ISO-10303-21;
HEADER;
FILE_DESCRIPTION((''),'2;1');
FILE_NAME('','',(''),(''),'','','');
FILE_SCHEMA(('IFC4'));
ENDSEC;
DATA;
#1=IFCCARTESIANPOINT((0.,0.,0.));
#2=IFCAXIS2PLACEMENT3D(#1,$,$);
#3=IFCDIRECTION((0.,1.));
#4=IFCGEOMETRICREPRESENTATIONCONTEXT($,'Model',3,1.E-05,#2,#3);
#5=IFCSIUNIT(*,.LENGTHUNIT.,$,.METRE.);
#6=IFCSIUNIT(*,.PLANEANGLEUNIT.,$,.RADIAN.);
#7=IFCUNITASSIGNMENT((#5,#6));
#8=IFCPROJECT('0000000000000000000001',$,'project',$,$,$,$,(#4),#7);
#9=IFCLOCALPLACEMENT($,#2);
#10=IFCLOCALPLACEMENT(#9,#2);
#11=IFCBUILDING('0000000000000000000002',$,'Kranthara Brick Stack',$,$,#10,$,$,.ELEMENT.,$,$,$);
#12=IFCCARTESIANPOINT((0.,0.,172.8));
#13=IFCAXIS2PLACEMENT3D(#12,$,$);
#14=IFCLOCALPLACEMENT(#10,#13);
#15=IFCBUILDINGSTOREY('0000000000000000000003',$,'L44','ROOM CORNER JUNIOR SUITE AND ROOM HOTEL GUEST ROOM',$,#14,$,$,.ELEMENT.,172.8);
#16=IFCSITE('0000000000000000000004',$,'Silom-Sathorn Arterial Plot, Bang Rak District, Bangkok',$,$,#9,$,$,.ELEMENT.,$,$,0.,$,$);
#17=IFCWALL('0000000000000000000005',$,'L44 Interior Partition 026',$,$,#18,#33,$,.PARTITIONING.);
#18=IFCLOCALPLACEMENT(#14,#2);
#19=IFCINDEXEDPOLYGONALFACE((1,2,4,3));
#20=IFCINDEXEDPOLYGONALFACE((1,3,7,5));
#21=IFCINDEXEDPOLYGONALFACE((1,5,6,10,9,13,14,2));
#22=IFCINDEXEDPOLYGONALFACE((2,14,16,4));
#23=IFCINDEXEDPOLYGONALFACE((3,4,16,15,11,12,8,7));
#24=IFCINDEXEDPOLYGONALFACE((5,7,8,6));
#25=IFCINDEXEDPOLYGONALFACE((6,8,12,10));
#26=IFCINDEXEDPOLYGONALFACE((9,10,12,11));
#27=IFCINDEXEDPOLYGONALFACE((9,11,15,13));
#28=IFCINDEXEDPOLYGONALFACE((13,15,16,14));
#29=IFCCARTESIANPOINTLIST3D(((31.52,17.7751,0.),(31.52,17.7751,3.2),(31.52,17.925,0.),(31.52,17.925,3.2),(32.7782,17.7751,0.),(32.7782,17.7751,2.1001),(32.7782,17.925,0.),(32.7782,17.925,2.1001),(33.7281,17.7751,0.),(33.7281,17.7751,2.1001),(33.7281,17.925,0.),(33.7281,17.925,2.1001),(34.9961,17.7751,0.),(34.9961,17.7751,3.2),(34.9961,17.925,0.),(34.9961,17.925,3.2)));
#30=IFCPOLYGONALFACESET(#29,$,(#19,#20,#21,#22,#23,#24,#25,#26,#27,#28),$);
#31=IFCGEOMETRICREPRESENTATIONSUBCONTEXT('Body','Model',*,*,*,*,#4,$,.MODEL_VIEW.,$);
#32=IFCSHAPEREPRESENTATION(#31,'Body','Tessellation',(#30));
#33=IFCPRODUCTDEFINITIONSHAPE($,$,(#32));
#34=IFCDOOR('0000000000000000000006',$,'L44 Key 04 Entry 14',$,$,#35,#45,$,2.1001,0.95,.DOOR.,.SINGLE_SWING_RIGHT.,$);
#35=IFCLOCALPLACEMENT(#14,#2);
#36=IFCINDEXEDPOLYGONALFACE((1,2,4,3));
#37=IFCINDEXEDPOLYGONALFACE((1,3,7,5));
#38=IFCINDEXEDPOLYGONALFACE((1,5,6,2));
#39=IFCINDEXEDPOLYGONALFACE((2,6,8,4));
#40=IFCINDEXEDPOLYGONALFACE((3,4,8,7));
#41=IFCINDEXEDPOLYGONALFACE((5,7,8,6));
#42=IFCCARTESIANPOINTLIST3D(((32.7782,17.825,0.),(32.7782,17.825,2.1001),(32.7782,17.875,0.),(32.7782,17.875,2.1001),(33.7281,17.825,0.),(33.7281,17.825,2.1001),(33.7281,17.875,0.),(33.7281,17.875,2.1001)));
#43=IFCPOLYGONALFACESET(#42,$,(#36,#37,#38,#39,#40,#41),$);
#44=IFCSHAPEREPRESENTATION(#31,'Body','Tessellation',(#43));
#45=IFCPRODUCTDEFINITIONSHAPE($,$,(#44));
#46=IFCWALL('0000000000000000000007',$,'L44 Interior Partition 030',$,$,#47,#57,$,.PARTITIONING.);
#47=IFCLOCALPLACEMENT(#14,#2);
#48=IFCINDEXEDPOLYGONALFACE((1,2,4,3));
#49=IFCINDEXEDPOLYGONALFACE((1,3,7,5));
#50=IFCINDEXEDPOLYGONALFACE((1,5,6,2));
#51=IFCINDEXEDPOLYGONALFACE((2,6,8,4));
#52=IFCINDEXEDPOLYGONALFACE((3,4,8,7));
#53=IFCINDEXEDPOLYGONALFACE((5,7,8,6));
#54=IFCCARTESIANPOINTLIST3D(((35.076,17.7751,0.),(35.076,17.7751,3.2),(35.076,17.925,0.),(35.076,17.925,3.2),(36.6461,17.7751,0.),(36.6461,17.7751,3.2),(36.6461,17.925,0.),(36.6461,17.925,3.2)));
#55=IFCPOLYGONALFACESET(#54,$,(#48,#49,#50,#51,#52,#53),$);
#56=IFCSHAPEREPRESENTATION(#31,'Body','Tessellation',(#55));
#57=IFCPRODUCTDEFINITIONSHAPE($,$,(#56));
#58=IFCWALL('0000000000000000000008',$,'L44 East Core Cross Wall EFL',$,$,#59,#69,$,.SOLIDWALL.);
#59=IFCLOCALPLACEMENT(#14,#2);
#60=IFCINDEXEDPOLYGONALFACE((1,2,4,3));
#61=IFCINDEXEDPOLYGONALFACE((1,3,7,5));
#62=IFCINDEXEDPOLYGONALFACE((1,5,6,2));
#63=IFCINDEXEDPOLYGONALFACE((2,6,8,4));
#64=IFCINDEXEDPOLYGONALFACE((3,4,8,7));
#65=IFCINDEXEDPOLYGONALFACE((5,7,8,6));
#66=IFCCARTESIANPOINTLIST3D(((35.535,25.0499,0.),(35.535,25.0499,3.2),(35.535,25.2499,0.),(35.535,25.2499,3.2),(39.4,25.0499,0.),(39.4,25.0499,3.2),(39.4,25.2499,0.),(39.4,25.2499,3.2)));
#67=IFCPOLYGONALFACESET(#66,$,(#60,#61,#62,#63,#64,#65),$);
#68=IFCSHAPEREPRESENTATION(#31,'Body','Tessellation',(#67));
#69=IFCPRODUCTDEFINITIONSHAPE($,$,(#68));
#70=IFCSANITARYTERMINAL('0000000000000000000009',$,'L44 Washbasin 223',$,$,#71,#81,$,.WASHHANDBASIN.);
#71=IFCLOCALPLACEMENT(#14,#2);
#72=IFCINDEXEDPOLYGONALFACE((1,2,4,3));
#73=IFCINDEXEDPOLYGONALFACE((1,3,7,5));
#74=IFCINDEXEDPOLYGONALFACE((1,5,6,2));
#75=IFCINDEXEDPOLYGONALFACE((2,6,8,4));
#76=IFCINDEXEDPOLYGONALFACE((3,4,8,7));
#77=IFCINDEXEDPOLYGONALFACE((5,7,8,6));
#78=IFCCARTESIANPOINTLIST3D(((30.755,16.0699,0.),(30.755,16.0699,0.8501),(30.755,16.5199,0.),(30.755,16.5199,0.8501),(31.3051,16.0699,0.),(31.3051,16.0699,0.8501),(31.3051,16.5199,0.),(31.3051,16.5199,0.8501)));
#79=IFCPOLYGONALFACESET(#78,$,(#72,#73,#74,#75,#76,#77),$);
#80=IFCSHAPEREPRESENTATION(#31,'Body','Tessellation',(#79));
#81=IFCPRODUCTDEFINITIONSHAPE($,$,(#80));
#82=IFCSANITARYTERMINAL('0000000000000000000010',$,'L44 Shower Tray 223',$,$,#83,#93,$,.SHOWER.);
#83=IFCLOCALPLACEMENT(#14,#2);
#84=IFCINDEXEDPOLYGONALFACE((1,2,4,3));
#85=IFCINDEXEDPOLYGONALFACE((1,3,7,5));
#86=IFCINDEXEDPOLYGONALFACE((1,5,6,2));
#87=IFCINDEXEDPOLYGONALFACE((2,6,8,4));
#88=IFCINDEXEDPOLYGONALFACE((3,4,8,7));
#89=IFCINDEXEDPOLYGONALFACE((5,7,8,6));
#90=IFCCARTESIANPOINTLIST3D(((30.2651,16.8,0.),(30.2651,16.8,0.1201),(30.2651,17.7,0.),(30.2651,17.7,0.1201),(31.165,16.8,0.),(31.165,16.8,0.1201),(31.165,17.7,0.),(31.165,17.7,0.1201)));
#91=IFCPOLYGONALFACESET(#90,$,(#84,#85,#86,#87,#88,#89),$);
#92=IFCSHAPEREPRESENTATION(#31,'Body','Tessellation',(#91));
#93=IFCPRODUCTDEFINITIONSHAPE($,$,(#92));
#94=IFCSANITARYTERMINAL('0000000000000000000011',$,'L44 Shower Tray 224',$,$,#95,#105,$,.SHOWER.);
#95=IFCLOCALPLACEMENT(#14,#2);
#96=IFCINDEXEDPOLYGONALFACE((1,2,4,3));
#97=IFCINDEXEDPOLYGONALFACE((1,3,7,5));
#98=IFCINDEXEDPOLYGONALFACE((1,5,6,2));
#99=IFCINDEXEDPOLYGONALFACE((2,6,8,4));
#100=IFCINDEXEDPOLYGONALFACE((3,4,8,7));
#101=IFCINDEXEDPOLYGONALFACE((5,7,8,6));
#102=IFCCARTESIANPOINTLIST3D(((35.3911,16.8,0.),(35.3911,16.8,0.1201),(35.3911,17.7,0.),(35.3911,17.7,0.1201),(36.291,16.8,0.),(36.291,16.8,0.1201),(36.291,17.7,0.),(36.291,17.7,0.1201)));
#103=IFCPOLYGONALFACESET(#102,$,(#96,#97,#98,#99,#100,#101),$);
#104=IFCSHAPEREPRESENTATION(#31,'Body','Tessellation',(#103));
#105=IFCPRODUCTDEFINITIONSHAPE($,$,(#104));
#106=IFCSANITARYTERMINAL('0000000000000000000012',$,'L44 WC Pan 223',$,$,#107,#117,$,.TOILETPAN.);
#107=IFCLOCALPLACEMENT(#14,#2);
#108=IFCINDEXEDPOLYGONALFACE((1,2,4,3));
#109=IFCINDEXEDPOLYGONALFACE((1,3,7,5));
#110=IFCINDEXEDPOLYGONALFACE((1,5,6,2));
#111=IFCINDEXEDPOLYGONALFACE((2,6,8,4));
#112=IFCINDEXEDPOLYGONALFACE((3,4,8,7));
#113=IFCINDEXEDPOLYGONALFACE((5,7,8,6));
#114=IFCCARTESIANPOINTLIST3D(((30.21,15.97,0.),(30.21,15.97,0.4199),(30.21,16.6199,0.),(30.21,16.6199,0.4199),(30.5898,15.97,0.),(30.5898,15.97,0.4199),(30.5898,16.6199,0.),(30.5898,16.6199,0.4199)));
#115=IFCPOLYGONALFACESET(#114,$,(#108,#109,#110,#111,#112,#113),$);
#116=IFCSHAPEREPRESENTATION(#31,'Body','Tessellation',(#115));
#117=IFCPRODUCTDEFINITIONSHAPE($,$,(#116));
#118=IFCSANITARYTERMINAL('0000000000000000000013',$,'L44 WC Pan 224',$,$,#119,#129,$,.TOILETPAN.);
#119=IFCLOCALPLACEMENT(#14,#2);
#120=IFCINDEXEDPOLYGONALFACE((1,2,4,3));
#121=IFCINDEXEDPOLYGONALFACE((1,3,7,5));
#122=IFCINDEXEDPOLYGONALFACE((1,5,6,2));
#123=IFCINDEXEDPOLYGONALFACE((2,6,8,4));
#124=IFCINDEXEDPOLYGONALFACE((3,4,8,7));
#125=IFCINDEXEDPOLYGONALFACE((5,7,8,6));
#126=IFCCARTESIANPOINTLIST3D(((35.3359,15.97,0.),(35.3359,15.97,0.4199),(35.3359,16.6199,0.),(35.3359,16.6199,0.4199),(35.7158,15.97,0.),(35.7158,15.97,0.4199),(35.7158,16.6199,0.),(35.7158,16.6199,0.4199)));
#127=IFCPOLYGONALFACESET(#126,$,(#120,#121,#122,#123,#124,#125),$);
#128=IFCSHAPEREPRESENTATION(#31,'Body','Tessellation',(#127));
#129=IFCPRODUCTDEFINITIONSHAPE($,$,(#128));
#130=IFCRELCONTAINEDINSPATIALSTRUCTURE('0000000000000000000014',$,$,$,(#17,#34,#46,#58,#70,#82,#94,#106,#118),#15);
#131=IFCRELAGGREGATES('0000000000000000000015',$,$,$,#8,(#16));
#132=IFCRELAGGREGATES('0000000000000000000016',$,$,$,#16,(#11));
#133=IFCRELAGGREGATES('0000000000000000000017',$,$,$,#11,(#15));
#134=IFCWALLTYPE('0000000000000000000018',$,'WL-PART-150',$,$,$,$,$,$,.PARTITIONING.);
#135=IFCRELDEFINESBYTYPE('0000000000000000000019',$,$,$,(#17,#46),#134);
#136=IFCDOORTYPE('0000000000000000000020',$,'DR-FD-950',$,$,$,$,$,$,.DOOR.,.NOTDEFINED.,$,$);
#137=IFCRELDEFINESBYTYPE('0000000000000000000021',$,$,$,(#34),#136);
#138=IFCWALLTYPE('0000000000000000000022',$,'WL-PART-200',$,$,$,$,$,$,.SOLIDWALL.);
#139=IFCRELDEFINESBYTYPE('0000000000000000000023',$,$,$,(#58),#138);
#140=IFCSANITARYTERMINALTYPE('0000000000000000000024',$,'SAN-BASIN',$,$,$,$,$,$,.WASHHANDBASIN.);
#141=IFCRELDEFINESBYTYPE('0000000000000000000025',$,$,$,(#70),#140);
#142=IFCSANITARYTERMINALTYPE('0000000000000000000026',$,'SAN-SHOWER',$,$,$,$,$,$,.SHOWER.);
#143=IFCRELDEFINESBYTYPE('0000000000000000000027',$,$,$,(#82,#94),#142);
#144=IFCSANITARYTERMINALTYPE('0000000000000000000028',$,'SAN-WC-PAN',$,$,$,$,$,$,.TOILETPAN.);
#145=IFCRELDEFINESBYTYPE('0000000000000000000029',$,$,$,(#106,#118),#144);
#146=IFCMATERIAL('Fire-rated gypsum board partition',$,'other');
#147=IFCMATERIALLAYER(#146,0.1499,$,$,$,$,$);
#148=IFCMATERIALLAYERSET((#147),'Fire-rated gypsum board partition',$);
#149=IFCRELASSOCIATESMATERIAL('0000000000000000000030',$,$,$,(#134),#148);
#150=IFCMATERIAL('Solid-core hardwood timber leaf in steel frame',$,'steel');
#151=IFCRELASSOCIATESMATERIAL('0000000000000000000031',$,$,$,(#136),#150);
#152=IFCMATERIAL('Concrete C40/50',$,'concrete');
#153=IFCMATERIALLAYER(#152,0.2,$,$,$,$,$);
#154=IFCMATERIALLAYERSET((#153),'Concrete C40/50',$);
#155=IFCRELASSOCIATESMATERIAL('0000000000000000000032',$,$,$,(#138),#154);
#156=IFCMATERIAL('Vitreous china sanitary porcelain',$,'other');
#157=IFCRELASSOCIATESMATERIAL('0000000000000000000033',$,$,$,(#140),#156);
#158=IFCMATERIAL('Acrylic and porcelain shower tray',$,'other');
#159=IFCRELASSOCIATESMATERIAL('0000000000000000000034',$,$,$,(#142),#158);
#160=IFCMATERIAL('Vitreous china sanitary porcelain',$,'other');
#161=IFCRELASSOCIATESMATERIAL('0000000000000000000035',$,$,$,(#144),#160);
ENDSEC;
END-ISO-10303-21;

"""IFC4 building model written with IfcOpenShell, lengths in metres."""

from ifc_helpers import new_model, si_unit, direction, frame, frame_2d, origin, origin_2d, place, context, subcontext, project, spatial, rectangle, extrude, material, layer, layer_set, type_object, element, fill, save


model = new_model("IFC4")

# Units and contexts
model_context = context("Model", 3, precision=1e-05, world=origin(), true_north=direction((0.0, 1.0)))
body_context = subcontext(model_context, "Body", "Model", "MODEL_VIEW")
ifc_project = project(units=[si_unit("LENGTHUNIT", "METRE"), si_unit("PLANEANGLEUNIT", "RADIAN")], contexts=[model_context])

# Site, building, storey
site_placement = place(None, origin())
site = spatial("IfcSite", under=ifc_project, at=site_placement, Name="Silom-Sathorn Arterial Plot, Bang Rak District, Bangkok", CompositionType="ELEMENT", RefElevation=0.0)
building_placement = place(site_placement, origin())
building = spatial("IfcBuilding", under=site, at=building_placement, Name="Kranthara Brick Stack", CompositionType="ELEMENT")
storey_placement = place(building_placement, frame((0.0, 0.0, 172.8)))
storey = spatial("IfcBuildingStorey", under=building, at=storey_placement, Name="L44", Description="ROOM CORNER JUNIOR SUITE AND ROOM HOTEL GUEST ROOM", CompositionType="ELEMENT", Elevation=172.8)

# Shared definitions
ifc_material_1 = material(Name="Fire-rated gypsum board partition", Category="other")
ifc_layer_1 = layer(ifc_material_1, 0.1499)
ifc_layer_set_1 = layer_set([ifc_layer_1], Name="Fire-rated gypsum board partition")
wall_type_1 = type_object("IfcWallType", Name="WL-PART-150", PredefinedType="PARTITIONING", material=ifc_layer_set_1)
ifc_material_2 = material(Name="Solid-core hardwood timber leaf in steel frame", Category="steel")
door_type_1 = type_object("IfcDoorType", Name="DR-FD-950", OperationType="NOTDEFINED", PredefinedType="DOOR", material=ifc_material_2)

# Wall, opening, door
wall_1_placement = place(storey_placement, frame((31.52, 17.8501, 0.0), z_axis=(0.0, 0.0, 1.0), x_axis=(1.0, 0.0, 0.0)))
wall_1 = element("IfcWall", 1, at=wall_1_placement, inside=storey, type_object=wall_type_1, Name="L44 Interior Partition 026", PredefinedType="PARTITIONING", context=body_context, shape_type="SweptSolid", body=[
    extrude(rectangle(XDim=3.4761, YDim=0.1499, at=frame_2d((1.738, 0.0))), origin(), (0.0, 0.0, 1.0), 3.2),
])
opening_1_placement = place(wall_1_placement, frame((1.2581, 0.0, 0.0)))
opening_1 = element("IfcOpeningElement", 2, at=opening_1_placement, cuts=wall_1, PredefinedType="OPENING", context=body_context, shape_type="SweptSolid", body=[
    extrude(rectangle(XDim=0.95, YDim=2.1001, at=frame_2d((0.4751, 1.05))), frame((0.0, 0.085, 0.0), z_axis=(0.0, -1.0, 0.0), x_axis=(1.0, 0.0, 0.0)), (0.0, 0.0, 1.0), 0.1699),
])
door_1_placement = place(opening_1_placement, origin())
door_1 = element("IfcDoor", 3, at=door_1_placement, inside=storey, type_object=door_type_1, Name="L44 Key 04 Entry 14", OperationType="SINGLE_SWING_RIGHT", OverallHeight=2.1001, OverallWidth=0.95, PredefinedType="DOOR", context=body_context, shape_type="SweptSolid", body=[
    extrude(rectangle(XDim=0.95, YDim=2.1001, at=frame_2d((0.4751, 1.05))), frame((0.0, 0.0249, 0.0), z_axis=(0.0, -1.0, 0.0), x_axis=(1.0, 0.0, 0.0)), (0.0, 0.0, 1.0), 0.05),
])
fill(opening_1, door_1)

# Walls
wall_2_placement = place(storey_placement, frame((35.0759, 17.8501, 0.0), z_axis=(0.0, 0.0, 1.0), x_axis=(1.0, 0.0, 0.0)))
element("IfcWall", 4, at=wall_2_placement, inside=storey, type_object=wall_type_1, Name="L44 Interior Partition 030", PredefinedType="PARTITIONING", context=body_context, shape_type="SweptSolid", body=[
    extrude(rectangle(XDim=1.5701, YDim=0.1499, at=frame_2d((0.7852, 0.0))), origin(), (0.0, 0.0, 1.0), 3.2),
])
ifc_material_3 = material(Name="Concrete C40/50", Category="concrete")
ifc_layer_2 = layer(ifc_material_3, 0.2)
ifc_layer_set_2 = layer_set([ifc_layer_2], Name="Concrete C40/50")
wall_type_2 = type_object("IfcWallType", Name="WL-PART-200", PredefinedType="SOLIDWALL", material=ifc_layer_set_2)
wall_3_placement = place(storey_placement, frame((35.5349, 25.1499, 0.0), z_axis=(0.0, 0.0, 1.0), x_axis=(1.0, 0.0, 0.0)))
element("IfcWall", 5, at=wall_3_placement, inside=storey, type_object=wall_type_2, Name="L44 East Core Cross Wall EFL", PredefinedType="SOLIDWALL", context=body_context, shape_type="SweptSolid", body=[
    extrude(rectangle(XDim=3.865, YDim=0.2, at=frame_2d((1.9326, 0.0))), origin(), (0.0, 0.0, 1.0), 3.2),
])

# Sanitary terminals
ifc_material_4 = material(Name="Vitreous china sanitary porcelain", Category="other")
sanitary_terminal_type_1 = type_object("IfcSanitaryTerminalType", Name="SAN-BASIN", PredefinedType="WASHHANDBASIN", material=ifc_material_4)
sanitary_terminal_placement = place(storey_placement, frame((31.03, 16.2949, 0.0), z_axis=(0.0, 0.0, 1.0), x_axis=(1.0, 0.0, 0.0)))
element("IfcSanitaryTerminal", 6, at=sanitary_terminal_placement, inside=storey, type_object=sanitary_terminal_type_1, Name="L44 Washbasin 223", PredefinedType="WASHHANDBASIN", context=body_context, shape_type="SweptSolid", body=[
    extrude(rectangle(XDim=0.55, YDim=0.45, at=origin_2d()), origin(), (0.0, 0.0, 1.0), 0.8501),
])
ifc_material_5 = material(Name="Acrylic and porcelain shower tray", Category="other")
sanitary_terminal_type_2 = type_object("IfcSanitaryTerminalType", Name="SAN-SHOWER", PredefinedType="SHOWER", material=ifc_material_5)
for number, where, z_axis, x_axis, name in (
    (7, (30.7151, 17.25, 0.0), (0.0, 0.0, 1.0), (1.0, 0.0, 0.0), "L44 Shower Tray 223"),
    (8, (35.8411, 17.25, 0.0), (0.0, 0.0, 1.0), (1.0, 0.0, 0.0), "L44 Shower Tray 224"),
):
    element("IfcSanitaryTerminal", number, at=place(storey_placement, frame(where, z_axis=z_axis, x_axis=x_axis)), inside=storey, type_object=sanitary_terminal_type_2, Name=name, PredefinedType="SHOWER", context=body_context, shape_type="SweptSolid", body=[
        extrude(rectangle(XDim=0.8999, YDim=0.8999, at=origin_2d()), origin(), (0.0, 0.0, 1.0), 0.1201),
    ])
ifc_material_6 = material(Name="Vitreous china sanitary porcelain", Category="other")
sanitary_terminal_type_3 = type_object("IfcSanitaryTerminalType", Name="SAN-WC-PAN", PredefinedType="TOILETPAN", material=ifc_material_6)
for number, where, z_axis, x_axis, name in (
    (9, (30.3999, 16.2949, 0.0), (0.0, 0.0, 1.0), (1.0, 0.0, 0.0), "L44 WC Pan 223"),
    (10, (35.5259, 16.2949, 0.0), (0.0, 0.0, 1.0), (1.0, 0.0, 0.0), "L44 WC Pan 224"),
):
    element("IfcSanitaryTerminal", number, at=place(storey_placement, frame(where, z_axis=z_axis, x_axis=x_axis)), inside=storey, type_object=sanitary_terminal_type_3, Name=name, PredefinedType="TOILETPAN", context=body_context, shape_type="SweptSolid", body=[
        extrude(rectangle(XDim=0.3799, YDim=0.6499, at=origin_2d()), origin(), (0.0, 0.0, 1.0), 0.4199),
    ])

save(model, "model.ifc")
